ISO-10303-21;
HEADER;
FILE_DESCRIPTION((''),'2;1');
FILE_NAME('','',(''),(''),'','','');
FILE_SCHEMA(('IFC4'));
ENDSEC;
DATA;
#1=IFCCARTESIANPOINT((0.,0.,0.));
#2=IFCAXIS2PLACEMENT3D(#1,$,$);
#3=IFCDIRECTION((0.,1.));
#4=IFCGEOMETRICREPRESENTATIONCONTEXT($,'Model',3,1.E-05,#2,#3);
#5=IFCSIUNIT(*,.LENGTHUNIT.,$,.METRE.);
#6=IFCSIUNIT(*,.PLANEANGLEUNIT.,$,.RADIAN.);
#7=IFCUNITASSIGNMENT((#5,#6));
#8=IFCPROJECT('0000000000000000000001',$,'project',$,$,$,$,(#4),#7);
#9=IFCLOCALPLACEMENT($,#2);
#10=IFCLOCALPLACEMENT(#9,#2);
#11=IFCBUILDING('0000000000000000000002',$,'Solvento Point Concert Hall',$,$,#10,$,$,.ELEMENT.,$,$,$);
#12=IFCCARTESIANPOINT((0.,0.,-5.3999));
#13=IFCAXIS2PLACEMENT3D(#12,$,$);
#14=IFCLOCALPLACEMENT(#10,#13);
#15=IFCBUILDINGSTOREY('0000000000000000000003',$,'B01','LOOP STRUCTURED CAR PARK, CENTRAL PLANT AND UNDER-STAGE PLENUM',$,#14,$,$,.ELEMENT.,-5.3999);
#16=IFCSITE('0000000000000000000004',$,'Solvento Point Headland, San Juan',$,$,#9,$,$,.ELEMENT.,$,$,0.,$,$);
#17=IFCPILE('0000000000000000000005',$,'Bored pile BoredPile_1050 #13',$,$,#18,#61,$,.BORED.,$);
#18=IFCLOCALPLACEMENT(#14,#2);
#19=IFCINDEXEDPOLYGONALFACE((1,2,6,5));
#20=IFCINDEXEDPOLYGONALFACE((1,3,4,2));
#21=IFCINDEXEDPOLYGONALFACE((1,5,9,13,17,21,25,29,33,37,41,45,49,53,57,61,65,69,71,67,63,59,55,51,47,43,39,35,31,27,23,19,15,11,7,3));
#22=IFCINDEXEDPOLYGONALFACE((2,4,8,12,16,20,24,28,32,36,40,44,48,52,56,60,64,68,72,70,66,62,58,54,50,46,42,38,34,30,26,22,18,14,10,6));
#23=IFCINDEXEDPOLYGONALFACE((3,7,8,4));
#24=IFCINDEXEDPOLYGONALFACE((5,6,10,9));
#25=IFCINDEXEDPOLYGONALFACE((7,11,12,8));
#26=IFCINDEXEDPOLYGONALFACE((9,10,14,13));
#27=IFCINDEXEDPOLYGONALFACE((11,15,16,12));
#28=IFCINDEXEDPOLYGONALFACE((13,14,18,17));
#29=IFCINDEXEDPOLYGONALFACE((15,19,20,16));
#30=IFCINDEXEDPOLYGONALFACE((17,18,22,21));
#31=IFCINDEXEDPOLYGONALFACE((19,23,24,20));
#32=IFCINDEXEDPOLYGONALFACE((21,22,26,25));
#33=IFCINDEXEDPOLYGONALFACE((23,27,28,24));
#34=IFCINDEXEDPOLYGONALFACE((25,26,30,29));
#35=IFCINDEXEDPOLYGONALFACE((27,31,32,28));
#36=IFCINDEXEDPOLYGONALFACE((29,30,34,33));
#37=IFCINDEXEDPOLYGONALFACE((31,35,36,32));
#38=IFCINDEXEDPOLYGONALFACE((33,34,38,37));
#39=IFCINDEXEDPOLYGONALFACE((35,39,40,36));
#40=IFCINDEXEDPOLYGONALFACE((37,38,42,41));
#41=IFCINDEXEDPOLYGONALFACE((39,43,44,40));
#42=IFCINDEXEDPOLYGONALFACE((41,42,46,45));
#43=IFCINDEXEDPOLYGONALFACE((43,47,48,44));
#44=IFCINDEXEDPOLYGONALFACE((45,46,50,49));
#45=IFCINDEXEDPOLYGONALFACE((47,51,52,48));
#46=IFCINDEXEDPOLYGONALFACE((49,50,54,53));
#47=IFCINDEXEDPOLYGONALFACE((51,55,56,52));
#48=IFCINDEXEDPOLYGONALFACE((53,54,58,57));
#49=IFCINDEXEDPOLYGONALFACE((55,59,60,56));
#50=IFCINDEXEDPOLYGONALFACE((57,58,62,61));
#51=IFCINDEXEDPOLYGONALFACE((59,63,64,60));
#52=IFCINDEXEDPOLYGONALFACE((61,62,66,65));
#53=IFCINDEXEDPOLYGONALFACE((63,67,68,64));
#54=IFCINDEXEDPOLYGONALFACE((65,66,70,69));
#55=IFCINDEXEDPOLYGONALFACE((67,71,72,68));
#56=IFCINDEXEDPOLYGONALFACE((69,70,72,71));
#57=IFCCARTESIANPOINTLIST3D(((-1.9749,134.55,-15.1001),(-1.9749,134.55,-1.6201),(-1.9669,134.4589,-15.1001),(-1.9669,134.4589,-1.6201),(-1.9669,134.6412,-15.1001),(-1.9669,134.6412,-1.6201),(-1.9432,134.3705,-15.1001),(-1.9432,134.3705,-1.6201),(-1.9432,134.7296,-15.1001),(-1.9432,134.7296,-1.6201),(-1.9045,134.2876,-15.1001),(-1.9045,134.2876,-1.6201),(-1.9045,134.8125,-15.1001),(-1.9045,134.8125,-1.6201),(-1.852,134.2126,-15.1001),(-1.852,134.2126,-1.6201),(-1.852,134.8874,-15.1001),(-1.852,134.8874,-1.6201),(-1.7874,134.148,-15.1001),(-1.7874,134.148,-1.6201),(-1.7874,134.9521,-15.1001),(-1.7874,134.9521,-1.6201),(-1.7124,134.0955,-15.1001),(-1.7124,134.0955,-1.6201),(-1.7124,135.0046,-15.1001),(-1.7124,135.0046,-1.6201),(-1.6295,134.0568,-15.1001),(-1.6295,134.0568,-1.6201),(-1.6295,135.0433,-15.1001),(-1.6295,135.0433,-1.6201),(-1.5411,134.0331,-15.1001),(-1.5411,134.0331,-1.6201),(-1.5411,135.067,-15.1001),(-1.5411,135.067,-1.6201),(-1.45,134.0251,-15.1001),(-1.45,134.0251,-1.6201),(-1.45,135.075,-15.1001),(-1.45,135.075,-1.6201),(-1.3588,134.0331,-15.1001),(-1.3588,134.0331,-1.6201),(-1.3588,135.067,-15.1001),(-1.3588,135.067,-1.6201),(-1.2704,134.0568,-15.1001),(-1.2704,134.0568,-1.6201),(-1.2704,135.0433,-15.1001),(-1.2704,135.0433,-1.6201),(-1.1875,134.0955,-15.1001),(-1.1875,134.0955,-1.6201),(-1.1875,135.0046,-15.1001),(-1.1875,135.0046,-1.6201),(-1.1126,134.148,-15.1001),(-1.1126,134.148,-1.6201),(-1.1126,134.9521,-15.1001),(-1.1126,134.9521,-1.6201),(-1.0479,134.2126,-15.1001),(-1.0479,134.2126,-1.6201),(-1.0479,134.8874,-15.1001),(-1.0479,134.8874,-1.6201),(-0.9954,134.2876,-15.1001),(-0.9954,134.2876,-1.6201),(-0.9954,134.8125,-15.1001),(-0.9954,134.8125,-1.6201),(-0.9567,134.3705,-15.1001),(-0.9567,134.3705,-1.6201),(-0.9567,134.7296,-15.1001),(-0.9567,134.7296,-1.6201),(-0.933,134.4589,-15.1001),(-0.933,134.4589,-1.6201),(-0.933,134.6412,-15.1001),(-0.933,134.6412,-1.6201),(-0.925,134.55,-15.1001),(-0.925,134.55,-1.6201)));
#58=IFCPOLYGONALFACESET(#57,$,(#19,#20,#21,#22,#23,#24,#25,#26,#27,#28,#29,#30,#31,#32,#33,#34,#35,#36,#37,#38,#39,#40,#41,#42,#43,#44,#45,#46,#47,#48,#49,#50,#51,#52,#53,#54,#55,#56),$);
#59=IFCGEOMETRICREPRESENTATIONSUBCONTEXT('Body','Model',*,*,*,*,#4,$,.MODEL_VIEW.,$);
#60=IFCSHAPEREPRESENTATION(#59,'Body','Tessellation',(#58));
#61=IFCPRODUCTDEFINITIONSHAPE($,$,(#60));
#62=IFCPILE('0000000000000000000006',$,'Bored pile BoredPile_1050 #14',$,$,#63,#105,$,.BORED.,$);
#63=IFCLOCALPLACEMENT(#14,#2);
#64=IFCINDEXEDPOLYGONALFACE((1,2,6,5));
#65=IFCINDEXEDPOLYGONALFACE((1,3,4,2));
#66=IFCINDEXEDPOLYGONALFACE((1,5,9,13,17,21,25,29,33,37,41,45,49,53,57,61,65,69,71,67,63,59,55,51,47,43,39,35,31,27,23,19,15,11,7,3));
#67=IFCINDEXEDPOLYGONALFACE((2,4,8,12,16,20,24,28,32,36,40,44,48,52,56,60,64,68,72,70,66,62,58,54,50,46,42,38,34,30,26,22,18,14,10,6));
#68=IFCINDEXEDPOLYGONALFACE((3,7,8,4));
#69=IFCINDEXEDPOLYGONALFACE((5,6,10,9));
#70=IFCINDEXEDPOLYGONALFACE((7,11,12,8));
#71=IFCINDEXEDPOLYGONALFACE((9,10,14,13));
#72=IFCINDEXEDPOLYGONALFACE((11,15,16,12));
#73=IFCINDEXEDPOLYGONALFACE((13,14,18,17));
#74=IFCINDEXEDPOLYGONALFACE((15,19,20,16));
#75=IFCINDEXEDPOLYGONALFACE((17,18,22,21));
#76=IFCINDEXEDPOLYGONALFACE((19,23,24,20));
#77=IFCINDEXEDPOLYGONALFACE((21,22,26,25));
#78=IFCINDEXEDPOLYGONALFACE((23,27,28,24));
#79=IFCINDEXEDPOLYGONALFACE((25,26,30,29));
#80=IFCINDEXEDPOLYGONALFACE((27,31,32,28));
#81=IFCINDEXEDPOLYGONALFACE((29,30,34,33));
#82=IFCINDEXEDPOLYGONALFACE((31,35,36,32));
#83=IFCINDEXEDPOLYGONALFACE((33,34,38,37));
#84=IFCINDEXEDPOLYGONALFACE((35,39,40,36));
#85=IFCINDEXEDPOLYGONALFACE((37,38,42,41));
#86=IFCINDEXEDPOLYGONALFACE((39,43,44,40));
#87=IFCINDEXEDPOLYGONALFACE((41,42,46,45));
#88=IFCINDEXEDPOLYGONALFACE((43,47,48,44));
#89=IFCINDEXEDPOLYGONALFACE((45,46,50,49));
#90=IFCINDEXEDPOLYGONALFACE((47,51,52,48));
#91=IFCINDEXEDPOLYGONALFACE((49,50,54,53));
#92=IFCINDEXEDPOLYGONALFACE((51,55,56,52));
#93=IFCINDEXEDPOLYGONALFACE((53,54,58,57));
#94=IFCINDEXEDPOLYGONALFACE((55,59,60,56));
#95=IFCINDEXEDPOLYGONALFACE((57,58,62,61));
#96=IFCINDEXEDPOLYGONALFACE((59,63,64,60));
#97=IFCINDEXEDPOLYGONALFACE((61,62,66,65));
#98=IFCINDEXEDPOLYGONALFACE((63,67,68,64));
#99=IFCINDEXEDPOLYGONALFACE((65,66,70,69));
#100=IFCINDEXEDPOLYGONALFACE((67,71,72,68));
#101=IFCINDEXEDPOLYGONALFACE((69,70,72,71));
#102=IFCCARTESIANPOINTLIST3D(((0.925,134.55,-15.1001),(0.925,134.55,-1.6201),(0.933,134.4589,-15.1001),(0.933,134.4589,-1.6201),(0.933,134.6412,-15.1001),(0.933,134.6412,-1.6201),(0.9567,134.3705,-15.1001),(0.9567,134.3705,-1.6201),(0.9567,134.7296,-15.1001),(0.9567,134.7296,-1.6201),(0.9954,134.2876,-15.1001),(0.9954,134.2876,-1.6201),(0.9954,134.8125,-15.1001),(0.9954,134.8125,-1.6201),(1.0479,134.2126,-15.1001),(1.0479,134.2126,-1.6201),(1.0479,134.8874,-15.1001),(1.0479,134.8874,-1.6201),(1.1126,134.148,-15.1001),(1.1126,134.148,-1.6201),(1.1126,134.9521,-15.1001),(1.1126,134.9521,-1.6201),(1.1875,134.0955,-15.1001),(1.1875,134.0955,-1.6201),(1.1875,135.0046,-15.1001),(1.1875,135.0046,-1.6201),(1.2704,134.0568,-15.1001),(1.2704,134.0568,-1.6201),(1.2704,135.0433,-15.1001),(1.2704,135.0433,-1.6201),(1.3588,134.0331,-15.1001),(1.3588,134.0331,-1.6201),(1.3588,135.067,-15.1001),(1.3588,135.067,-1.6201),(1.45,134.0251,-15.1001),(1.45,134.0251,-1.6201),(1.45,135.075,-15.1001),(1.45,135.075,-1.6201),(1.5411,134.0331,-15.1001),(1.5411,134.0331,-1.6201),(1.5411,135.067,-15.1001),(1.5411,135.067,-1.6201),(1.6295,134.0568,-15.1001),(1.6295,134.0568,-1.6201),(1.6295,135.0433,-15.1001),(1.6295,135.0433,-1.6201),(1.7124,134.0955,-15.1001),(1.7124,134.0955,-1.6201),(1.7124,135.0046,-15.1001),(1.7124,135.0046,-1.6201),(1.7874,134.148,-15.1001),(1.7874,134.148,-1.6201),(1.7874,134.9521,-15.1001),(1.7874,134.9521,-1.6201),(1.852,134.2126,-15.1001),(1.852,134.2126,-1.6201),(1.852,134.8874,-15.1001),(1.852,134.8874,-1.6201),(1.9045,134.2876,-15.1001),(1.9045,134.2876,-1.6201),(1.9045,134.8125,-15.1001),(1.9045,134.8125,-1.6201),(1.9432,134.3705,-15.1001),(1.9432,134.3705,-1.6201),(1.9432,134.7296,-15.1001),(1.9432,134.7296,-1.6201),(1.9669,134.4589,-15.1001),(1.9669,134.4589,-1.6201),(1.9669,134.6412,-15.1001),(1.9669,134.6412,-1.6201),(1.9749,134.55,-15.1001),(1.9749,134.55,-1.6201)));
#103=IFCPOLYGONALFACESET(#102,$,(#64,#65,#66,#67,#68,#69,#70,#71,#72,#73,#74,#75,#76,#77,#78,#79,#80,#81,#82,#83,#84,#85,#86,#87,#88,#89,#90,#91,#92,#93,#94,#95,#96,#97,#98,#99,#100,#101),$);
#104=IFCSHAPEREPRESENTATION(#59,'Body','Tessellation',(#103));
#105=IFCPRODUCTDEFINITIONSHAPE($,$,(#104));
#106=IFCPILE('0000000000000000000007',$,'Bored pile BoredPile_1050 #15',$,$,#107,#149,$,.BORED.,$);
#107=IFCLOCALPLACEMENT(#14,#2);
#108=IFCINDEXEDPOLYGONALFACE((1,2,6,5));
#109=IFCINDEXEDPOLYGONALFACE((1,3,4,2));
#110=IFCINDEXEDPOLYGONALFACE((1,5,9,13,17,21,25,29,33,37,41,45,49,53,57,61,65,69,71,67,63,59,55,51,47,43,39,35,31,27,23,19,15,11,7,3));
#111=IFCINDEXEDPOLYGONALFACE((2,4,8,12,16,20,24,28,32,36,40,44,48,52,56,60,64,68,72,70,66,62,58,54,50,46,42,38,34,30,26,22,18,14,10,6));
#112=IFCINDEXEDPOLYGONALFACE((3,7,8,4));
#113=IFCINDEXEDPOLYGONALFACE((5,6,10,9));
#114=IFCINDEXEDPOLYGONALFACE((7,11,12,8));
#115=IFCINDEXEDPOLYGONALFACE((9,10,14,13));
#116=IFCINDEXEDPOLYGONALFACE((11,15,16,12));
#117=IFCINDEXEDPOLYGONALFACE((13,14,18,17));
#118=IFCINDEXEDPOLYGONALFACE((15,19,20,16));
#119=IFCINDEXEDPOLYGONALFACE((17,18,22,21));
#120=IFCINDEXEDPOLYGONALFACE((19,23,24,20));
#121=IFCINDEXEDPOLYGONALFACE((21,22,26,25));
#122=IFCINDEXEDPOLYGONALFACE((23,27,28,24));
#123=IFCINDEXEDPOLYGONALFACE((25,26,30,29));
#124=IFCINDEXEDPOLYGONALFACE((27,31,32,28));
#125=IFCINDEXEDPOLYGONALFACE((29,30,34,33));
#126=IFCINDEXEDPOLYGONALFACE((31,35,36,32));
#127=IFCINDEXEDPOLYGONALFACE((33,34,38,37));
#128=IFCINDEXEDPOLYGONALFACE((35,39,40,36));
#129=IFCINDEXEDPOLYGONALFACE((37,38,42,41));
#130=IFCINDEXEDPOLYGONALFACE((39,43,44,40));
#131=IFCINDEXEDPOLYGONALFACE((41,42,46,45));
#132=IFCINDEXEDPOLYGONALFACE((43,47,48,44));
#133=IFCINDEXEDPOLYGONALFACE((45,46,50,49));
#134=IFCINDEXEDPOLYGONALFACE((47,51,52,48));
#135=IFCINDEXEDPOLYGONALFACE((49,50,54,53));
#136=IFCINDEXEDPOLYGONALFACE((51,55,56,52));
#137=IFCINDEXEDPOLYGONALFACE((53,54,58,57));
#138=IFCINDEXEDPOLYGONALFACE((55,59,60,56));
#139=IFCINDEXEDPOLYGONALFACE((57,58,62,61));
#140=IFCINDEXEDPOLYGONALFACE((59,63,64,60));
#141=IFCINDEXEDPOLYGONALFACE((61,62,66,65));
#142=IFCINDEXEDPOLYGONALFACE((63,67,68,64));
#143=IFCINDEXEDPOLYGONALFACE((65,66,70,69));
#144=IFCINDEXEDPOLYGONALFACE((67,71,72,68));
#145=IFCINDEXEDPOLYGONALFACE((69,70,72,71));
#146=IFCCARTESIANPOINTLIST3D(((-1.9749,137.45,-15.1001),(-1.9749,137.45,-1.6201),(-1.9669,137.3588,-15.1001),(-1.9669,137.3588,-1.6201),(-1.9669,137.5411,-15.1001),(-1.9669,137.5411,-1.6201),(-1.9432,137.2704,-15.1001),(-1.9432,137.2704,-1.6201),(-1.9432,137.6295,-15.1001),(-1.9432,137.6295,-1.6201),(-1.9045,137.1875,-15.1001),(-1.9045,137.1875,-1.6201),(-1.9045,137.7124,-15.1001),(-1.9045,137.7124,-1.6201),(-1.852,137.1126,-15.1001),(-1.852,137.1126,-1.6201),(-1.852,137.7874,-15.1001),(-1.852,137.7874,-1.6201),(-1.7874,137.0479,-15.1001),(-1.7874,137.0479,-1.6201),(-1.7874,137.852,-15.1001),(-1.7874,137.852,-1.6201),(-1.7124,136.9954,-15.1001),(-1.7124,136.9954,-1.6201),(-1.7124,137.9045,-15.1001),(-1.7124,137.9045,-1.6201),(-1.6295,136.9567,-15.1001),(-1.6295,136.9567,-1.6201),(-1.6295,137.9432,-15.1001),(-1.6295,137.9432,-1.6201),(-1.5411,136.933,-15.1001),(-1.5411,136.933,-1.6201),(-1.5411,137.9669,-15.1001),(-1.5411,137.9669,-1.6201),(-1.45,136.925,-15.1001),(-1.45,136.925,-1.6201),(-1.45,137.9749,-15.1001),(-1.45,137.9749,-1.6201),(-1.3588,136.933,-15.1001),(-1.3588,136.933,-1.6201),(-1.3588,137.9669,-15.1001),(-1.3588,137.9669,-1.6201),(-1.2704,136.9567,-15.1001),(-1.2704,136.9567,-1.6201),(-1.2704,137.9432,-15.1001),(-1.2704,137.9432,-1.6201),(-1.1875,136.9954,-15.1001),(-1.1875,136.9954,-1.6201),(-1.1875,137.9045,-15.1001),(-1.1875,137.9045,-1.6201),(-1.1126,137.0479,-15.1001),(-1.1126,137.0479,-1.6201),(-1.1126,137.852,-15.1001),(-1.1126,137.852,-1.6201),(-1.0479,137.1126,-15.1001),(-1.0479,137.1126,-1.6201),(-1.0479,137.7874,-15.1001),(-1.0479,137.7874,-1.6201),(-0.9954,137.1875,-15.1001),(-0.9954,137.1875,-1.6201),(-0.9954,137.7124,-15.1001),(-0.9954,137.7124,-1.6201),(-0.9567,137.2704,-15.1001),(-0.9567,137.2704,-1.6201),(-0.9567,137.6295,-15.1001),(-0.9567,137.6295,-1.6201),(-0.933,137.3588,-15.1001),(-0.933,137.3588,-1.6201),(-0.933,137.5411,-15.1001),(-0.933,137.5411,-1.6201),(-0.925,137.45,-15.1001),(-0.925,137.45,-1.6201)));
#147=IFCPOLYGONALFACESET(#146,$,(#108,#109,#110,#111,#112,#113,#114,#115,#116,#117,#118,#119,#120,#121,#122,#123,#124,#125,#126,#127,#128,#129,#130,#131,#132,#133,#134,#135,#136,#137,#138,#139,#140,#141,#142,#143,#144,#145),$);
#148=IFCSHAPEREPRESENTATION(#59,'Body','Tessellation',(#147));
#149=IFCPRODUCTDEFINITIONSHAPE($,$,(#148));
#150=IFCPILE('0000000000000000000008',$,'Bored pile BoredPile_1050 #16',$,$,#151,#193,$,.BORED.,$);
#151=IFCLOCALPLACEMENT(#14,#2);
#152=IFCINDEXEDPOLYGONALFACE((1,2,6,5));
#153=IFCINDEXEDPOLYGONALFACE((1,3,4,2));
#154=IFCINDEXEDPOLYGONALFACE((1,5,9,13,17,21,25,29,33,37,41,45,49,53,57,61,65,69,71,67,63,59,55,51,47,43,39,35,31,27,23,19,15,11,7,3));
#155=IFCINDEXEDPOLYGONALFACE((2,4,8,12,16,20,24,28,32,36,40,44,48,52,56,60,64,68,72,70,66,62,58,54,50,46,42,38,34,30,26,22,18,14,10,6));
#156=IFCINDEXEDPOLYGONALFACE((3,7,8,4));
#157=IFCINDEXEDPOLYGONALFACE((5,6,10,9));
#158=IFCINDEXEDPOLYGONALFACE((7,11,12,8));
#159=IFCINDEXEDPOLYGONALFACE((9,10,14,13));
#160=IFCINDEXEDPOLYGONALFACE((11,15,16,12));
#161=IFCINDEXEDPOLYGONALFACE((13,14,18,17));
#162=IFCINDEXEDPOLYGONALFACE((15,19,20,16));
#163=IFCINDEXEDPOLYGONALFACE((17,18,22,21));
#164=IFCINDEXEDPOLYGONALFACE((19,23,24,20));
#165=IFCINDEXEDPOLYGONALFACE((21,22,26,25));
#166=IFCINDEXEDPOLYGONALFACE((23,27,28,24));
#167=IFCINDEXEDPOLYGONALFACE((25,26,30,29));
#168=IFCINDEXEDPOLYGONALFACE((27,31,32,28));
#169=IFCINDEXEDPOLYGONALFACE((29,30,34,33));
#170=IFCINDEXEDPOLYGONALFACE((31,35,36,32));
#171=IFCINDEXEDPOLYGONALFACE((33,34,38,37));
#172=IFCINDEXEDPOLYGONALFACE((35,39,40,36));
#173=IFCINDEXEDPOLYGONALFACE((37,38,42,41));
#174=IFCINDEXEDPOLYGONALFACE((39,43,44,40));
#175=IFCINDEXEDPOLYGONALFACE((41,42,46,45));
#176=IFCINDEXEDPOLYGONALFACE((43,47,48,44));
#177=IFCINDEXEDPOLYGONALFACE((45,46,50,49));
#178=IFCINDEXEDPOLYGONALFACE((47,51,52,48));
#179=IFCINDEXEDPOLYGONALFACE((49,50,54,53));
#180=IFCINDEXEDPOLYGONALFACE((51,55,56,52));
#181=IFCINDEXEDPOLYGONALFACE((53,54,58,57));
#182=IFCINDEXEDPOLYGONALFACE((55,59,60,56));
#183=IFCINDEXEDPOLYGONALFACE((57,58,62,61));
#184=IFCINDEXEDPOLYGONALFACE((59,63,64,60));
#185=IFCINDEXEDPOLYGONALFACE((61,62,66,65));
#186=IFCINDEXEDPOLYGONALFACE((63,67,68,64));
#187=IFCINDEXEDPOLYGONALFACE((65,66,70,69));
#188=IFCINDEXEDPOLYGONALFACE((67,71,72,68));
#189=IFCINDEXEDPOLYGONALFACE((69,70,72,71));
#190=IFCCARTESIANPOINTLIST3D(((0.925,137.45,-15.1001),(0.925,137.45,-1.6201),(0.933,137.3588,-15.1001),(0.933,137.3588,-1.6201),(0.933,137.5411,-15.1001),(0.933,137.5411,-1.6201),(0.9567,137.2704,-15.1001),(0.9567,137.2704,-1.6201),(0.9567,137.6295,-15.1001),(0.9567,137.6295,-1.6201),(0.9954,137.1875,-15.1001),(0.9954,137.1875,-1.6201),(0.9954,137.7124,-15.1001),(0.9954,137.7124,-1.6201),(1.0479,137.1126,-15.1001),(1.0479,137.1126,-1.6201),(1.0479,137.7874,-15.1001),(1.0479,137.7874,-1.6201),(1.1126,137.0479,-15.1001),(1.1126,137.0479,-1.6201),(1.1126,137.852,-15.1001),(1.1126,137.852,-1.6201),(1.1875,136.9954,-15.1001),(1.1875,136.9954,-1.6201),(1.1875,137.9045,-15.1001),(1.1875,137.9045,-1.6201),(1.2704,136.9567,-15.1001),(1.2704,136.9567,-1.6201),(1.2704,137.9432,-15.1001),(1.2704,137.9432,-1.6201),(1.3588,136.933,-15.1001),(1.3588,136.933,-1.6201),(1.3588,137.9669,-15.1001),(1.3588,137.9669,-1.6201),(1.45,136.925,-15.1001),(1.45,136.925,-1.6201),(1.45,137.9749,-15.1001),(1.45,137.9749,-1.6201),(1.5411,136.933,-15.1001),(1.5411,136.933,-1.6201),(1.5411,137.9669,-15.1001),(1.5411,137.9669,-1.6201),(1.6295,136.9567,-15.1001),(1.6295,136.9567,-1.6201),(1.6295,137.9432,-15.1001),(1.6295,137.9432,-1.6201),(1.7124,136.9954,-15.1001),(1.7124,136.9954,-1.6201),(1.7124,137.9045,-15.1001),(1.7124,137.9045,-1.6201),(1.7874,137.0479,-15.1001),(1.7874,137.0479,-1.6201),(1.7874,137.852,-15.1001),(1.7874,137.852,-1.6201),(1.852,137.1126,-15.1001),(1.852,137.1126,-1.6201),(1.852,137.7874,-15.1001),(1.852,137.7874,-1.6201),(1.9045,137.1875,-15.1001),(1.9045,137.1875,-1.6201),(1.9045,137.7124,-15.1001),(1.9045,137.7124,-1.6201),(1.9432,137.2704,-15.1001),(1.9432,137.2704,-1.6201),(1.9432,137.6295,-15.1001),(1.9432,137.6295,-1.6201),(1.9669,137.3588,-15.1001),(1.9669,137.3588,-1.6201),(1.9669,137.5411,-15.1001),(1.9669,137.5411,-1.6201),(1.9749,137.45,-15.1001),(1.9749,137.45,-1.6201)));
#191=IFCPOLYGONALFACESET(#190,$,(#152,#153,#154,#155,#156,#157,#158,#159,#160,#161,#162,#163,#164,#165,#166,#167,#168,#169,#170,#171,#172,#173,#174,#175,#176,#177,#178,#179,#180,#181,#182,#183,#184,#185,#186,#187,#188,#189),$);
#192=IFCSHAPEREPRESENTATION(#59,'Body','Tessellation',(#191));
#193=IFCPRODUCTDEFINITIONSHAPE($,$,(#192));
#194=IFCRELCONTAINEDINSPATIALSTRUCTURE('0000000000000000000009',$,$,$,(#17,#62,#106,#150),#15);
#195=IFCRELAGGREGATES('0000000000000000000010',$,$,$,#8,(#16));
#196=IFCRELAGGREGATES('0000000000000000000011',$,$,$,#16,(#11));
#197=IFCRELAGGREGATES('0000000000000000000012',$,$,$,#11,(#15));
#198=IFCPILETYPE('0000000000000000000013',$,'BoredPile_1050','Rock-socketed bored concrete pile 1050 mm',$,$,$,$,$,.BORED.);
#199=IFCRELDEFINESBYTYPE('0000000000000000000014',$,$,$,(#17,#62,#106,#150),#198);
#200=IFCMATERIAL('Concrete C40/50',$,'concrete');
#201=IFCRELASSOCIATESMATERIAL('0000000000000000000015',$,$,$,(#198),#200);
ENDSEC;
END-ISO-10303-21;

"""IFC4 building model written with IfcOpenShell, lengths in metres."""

from ifc_helpers import new_model, si_unit, direction, frame, origin, origin_2d, place, context, subcontext, project, spatial, circle, extrude, material, material_profile, profile_set, type_object, element, save


model = new_model("IFC4")

# Units and contexts
model_context = context("Model", 3, precision=1e-05, world=origin(), true_north=direction((0.0, 1.0)))
body_context = subcontext(model_context, "Body", "Model", "MODEL_VIEW")
ifc_project = project(units=[si_unit("LENGTHUNIT", "METRE"), si_unit("PLANEANGLEUNIT", "RADIAN")], contexts=[model_context])

# Site, building, storey
site_placement = place(None, origin())
site = spatial("IfcSite", under=ifc_project, at=site_placement, Name="Solvento Point Headland, San Juan", CompositionType="ELEMENT", RefElevation=0.0)
building_placement = place(site_placement, origin())
building = spatial("IfcBuilding", under=site, at=building_placement, Name="Solvento Point Concert Hall", CompositionType="ELEMENT")
storey_placement = place(building_placement, frame((0.0, 0.0, -5.3999)))
storey = spatial("IfcBuildingStorey", under=building, at=storey_placement, Name="B01", Description="LOOP STRUCTURED CAR PARK, CENTRAL PLANT AND UNDER-STAGE PLENUM", CompositionType="ELEMENT", Elevation=-5.3999)

# Piles
ifc_material_1 = material(Name="Concrete C40/50", Category="concrete")
ifc_material_profile_1 = material_profile(ifc_material_1, circle(Radius=0.5249, at=origin_2d()), Name="BP-1050")
ifc_profile_set_1 = profile_set([ifc_material_profile_1], Name="Concrete C40/50")
pile_type_1 = type_object("IfcPileType", Name="BoredPile_1050", Description="Rock-socketed bored concrete pile 1050 mm", PredefinedType="BORED", material=ifc_profile_set_1)
for number, where, z_axis, x_axis, name in (
    (1, (-1.45, 134.55, -1.6201), (0.0, 0.0, -1.0), (1.0, 0.0, 0.0), "Bored pile BoredPile_1050 #13"),
    (2, (1.45, 134.55, -1.6201), (0.0, 0.0, -1.0), (1.0, 0.0, 0.0), "Bored pile BoredPile_1050 #14"),
    (3, (-1.45, 137.45, -1.6201), (0.0, 0.0, -1.0), (1.0, 0.0, 0.0), "Bored pile BoredPile_1050 #15"),
    (4, (1.45, 137.45, -1.6201), (0.0, 0.0, -1.0), (1.0, 0.0, 0.0), "Bored pile BoredPile_1050 #16"),
):
    element("IfcPile", number, at=place(storey_placement, frame(where, z_axis=z_axis, x_axis=x_axis)), inside=storey, type_object=pile_type_1, Name=name, PredefinedType="BORED", context=body_context, shape_type="SweptSolid", body=[
        extrude(circle(Radius=0.5249, at=origin_2d()), origin(), (0.0, 0.0, 1.0), 13.48),
    ])

save(model, "model.ifc")
